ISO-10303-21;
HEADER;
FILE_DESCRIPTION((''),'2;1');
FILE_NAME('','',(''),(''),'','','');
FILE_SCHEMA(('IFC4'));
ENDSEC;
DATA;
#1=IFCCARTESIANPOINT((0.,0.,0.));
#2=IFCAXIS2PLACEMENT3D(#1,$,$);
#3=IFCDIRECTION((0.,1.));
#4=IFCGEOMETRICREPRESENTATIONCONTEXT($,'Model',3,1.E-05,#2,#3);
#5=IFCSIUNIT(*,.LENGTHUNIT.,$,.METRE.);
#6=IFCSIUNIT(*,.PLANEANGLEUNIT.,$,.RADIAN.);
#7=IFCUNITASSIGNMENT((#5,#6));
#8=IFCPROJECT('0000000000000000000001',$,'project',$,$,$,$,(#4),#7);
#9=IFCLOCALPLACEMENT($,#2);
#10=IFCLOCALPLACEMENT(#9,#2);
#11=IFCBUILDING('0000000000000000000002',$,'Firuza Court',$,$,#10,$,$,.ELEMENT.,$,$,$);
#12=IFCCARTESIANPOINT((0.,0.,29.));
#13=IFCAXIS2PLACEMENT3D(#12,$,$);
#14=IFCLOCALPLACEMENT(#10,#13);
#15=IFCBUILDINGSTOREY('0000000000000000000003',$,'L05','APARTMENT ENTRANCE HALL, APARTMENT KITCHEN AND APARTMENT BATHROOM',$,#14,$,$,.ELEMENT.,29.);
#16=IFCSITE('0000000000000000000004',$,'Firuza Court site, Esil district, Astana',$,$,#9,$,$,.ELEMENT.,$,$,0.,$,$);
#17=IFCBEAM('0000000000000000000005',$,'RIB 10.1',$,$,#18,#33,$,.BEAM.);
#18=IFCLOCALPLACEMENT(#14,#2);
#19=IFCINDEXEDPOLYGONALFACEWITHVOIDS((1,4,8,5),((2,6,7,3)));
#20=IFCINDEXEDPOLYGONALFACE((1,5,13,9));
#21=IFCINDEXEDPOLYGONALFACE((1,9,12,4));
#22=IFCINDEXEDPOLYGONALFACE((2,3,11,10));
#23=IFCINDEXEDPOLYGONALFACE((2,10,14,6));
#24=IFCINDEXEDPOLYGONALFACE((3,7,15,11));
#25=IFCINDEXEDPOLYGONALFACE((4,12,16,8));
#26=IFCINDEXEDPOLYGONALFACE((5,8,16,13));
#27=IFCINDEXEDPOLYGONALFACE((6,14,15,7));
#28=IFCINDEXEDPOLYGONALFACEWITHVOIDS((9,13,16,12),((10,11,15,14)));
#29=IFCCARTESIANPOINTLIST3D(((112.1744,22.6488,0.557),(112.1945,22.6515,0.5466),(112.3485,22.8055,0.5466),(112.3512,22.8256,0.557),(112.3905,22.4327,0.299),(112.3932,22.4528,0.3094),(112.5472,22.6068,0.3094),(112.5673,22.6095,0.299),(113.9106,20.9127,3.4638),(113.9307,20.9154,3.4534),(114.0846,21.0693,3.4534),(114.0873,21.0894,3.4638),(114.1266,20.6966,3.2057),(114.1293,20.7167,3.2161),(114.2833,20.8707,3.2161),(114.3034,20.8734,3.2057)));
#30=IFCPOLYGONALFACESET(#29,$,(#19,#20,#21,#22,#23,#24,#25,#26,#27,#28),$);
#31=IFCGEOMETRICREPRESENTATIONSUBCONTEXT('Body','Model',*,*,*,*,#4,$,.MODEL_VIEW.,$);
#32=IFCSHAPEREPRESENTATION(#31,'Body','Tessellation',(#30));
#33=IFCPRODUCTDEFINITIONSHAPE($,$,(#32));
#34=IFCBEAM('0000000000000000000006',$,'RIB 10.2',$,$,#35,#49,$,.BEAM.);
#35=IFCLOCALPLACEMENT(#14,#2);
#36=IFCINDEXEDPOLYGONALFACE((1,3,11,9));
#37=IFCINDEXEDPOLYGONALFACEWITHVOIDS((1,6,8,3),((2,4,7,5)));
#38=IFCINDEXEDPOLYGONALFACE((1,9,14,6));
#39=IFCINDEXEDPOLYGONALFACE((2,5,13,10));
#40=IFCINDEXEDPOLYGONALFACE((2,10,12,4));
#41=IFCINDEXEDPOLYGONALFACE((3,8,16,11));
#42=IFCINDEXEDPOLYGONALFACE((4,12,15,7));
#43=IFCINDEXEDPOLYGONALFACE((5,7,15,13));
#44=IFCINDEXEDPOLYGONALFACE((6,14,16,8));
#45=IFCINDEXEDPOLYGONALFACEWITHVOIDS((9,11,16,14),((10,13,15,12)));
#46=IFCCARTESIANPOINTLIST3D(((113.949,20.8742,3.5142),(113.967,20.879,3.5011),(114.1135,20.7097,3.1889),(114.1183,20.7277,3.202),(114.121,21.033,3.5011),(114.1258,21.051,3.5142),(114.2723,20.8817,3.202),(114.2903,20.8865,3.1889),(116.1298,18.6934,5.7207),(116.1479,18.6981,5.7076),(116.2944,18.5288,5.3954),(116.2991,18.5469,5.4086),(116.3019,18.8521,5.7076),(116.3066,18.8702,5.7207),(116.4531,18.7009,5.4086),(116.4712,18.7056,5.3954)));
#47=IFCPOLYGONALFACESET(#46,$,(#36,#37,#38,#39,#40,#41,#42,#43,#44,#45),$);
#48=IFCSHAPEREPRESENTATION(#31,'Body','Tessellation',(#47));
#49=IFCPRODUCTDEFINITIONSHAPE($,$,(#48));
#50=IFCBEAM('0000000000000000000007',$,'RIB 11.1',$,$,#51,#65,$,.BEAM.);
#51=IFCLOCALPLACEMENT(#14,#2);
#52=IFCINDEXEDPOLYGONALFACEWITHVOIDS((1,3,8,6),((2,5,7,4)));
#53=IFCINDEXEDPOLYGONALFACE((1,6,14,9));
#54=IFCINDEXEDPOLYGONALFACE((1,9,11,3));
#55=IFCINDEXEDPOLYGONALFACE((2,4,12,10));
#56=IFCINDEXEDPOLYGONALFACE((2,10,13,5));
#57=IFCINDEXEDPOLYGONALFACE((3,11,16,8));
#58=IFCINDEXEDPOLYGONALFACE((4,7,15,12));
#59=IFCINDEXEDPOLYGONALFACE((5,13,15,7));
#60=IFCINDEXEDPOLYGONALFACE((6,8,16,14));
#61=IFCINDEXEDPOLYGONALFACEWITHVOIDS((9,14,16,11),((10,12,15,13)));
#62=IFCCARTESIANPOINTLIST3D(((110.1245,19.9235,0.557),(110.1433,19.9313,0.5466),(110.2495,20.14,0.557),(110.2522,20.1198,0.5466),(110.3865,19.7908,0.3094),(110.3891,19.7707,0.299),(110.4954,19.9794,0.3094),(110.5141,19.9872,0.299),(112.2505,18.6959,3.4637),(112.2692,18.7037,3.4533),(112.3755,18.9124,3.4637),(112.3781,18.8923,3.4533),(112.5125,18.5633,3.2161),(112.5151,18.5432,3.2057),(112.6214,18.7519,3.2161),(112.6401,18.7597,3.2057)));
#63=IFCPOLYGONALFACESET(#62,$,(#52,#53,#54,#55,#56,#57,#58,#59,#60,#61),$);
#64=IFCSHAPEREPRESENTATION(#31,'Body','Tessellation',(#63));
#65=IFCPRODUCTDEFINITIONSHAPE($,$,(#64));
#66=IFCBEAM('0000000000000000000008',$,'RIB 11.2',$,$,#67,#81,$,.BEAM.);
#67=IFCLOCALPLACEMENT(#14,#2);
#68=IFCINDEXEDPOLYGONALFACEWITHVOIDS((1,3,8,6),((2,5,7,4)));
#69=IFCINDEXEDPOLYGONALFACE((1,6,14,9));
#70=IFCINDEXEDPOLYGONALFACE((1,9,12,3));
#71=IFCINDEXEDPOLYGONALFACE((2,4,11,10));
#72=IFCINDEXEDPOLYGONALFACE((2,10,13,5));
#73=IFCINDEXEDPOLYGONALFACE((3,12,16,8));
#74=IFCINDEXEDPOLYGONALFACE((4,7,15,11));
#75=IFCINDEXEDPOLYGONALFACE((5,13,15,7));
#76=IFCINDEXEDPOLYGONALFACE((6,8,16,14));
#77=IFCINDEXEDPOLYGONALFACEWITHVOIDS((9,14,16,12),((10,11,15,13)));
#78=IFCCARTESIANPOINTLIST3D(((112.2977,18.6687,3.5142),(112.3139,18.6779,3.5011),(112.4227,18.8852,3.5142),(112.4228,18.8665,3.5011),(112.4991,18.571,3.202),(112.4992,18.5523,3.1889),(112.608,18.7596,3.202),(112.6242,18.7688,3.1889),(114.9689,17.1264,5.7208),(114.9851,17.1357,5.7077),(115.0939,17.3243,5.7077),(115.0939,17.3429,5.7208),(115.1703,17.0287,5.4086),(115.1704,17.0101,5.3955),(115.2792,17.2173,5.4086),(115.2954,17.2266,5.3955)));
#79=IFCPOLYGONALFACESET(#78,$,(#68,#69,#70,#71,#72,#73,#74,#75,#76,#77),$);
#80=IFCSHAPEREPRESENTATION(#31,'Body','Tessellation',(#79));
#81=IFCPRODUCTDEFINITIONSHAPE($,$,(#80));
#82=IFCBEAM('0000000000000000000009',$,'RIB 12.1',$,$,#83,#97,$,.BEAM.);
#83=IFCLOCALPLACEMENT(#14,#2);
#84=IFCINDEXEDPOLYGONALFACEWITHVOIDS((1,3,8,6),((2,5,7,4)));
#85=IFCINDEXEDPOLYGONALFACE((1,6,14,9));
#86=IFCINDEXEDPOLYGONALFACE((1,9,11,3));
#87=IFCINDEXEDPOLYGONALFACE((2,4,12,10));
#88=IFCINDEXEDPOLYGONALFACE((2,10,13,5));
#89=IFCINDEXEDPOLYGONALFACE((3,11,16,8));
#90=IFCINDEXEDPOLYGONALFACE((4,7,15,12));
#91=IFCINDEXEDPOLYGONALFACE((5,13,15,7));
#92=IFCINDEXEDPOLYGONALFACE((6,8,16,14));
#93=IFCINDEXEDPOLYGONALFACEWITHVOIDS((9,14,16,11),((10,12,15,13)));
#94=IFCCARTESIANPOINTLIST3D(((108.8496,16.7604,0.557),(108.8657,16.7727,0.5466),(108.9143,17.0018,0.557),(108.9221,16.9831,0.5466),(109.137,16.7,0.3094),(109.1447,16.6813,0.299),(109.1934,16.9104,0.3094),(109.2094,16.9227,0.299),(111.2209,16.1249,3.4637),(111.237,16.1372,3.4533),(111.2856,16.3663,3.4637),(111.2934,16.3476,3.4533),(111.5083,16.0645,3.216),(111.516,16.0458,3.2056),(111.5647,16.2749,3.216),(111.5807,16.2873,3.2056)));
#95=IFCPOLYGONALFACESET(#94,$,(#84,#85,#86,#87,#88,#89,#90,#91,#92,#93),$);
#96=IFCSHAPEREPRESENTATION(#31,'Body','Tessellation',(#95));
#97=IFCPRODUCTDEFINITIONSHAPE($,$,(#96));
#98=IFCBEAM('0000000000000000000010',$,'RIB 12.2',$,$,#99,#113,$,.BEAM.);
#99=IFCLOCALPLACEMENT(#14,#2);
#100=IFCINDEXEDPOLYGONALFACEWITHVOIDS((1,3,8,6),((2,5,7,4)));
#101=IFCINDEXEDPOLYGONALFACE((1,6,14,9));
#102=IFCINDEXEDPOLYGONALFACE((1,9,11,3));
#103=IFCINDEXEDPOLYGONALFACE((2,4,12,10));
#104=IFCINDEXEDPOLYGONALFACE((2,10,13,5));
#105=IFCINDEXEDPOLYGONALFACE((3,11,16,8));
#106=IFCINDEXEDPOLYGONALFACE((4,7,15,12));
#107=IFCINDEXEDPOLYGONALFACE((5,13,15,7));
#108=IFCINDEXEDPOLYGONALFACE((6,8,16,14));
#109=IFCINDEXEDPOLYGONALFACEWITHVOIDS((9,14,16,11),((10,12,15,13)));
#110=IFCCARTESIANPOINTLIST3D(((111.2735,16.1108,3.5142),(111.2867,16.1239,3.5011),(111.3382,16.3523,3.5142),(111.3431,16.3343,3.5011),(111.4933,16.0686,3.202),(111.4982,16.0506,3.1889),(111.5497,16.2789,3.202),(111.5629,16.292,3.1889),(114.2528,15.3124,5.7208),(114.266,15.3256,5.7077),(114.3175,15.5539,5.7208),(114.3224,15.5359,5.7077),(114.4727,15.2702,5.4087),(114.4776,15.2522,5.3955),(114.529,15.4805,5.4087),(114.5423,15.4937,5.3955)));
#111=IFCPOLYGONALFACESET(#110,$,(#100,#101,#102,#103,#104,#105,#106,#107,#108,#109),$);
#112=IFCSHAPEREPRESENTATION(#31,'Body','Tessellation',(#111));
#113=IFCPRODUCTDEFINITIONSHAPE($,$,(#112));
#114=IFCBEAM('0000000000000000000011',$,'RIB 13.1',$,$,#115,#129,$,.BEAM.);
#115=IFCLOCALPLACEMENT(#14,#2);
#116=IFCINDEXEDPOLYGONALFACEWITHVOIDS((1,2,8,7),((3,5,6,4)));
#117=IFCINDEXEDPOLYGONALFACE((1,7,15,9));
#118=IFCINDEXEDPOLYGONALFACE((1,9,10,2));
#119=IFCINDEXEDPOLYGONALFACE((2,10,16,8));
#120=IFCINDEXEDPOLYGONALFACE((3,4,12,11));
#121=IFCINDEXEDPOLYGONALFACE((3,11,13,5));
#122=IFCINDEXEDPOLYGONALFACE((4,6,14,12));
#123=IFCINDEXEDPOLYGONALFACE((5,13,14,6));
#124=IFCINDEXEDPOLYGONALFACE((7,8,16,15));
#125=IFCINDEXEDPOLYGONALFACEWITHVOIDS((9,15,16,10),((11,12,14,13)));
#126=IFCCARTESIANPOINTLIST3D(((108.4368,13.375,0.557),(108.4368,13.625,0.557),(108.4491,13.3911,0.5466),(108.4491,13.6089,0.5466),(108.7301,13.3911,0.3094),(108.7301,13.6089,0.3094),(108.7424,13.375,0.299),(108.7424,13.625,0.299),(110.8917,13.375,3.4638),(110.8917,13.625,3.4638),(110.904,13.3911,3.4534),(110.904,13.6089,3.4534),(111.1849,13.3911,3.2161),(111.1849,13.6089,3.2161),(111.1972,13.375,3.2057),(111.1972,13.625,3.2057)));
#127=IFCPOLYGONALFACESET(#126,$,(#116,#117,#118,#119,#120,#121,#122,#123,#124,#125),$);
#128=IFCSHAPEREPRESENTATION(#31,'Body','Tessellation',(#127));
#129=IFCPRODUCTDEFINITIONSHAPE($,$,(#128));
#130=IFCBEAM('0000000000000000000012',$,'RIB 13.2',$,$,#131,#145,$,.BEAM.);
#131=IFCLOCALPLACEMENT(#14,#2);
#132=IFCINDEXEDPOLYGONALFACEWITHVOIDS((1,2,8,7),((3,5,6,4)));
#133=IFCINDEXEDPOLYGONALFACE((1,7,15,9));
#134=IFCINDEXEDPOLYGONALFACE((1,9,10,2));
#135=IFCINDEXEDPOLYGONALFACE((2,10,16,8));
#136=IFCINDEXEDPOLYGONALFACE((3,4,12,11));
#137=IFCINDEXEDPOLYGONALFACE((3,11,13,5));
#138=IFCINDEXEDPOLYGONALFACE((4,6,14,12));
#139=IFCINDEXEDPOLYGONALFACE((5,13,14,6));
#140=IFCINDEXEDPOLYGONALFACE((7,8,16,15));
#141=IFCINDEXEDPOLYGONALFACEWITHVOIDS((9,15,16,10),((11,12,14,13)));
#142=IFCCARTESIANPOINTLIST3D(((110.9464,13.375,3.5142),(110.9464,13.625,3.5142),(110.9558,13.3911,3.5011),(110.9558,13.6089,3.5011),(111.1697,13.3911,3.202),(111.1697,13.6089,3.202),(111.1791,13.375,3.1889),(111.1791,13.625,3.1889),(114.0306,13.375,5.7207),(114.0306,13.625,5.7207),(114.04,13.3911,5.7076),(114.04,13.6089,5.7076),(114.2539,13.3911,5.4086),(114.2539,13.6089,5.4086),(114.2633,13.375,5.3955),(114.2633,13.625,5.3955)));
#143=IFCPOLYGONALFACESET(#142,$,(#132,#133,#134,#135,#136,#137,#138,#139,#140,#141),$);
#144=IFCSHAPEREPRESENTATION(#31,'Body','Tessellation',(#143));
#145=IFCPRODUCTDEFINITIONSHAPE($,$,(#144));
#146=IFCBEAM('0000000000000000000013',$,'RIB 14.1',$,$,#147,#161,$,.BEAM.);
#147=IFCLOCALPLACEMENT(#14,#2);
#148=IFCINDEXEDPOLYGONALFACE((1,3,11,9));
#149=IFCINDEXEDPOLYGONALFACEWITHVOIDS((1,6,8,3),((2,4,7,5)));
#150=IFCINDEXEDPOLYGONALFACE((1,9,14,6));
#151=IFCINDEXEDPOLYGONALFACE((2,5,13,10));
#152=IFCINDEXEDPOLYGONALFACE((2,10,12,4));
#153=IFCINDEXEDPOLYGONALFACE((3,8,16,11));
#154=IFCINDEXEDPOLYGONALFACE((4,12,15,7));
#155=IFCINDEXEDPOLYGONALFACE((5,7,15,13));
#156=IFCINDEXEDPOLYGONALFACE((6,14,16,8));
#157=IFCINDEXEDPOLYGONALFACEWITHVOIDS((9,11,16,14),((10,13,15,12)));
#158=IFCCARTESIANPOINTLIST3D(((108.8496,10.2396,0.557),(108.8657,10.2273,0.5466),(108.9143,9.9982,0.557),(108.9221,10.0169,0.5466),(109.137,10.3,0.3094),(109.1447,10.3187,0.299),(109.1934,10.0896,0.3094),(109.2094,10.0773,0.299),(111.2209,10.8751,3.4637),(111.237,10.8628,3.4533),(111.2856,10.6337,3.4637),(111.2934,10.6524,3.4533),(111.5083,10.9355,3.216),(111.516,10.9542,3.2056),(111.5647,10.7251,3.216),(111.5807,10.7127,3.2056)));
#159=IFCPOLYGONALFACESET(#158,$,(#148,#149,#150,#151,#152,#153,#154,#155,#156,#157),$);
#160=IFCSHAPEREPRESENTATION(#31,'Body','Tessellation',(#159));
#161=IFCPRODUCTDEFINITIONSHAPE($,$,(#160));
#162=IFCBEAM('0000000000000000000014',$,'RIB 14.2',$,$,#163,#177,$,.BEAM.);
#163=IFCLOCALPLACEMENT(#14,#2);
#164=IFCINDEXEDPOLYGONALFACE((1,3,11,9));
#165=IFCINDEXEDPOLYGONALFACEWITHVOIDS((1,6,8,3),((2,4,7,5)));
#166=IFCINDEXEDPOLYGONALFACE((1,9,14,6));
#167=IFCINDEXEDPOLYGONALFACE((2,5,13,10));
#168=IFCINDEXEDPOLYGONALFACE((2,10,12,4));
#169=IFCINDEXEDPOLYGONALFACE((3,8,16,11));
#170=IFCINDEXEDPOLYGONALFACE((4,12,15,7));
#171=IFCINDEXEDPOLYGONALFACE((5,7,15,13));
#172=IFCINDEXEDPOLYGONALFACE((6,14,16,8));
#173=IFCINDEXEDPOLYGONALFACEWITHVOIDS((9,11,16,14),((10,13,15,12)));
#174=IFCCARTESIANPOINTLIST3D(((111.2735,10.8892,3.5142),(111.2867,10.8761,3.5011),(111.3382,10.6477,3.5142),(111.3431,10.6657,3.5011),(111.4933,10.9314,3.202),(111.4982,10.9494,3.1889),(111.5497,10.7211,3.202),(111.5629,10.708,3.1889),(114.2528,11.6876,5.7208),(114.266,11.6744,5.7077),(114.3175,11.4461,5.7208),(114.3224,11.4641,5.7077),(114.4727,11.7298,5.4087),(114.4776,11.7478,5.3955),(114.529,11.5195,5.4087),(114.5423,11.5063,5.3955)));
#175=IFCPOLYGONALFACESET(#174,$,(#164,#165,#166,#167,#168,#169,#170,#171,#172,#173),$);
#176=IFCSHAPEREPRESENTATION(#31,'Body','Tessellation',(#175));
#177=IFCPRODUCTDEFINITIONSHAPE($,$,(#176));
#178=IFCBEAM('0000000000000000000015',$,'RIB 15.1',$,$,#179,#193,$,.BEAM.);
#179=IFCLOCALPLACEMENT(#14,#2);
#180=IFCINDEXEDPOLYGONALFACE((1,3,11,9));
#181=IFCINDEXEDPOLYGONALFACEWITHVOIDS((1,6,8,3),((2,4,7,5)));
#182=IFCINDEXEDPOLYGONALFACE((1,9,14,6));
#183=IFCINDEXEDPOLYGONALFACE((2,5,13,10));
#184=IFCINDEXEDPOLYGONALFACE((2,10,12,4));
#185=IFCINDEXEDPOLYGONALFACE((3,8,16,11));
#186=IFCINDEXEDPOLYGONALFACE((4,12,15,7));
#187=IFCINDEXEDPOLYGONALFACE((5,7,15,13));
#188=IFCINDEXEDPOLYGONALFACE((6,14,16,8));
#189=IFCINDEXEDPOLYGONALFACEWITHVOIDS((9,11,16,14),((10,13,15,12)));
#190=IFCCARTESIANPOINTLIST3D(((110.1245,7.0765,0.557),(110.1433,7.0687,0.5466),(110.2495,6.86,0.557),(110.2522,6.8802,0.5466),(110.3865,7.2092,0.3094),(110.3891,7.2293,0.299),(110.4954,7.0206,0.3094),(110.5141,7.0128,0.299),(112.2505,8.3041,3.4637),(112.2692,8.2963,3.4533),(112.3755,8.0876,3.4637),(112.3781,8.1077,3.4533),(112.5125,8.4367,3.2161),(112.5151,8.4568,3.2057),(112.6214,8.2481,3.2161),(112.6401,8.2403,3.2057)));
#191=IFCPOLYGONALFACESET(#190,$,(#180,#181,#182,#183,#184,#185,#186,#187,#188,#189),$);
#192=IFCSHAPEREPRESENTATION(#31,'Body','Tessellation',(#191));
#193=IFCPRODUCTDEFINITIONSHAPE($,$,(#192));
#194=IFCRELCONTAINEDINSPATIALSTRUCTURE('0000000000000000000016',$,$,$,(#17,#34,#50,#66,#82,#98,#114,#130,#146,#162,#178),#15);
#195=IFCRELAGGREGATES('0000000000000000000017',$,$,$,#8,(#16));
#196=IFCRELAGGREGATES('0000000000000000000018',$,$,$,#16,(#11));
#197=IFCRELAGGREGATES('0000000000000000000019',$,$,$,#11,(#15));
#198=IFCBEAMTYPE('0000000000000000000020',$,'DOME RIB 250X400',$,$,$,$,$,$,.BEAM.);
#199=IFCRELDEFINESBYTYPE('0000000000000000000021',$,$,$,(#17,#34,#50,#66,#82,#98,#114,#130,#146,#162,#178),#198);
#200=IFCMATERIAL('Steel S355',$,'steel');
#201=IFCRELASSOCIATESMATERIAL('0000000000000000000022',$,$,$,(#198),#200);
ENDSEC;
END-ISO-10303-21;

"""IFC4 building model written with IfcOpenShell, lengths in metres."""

from ifc_helpers import new_model, si_unit, direction, frame, origin, origin_2d, place, context, subcontext, project, spatial, hollow_rectangle, extrude, material, material_profile, profile_set, type_object, element, save


model = new_model("IFC4")

# Units and contexts
model_context = context("Model", 3, precision=1e-05, world=origin(), true_north=direction((0.0, 1.0)))
body_context = subcontext(model_context, "Body", "Model", "MODEL_VIEW")
ifc_project = project(units=[si_unit("LENGTHUNIT", "METRE"), si_unit("PLANEANGLEUNIT", "RADIAN")], contexts=[model_context])

# Site, building, storey
site_placement = place(None, origin())
site = spatial("IfcSite", under=ifc_project, at=site_placement, Name="Firuza Court site, Esil district, Astana", CompositionType="ELEMENT", RefElevation=0.0)
building_placement = place(site_placement, origin())
building = spatial("IfcBuilding", under=site, at=building_placement, Name="Firuza Court", CompositionType="ELEMENT")
storey_placement = place(building_placement, frame((0.0, 0.0, 29.0)))
storey = spatial("IfcBuildingStorey", under=building, at=storey_placement, Name="L05", Description="APARTMENT ENTRANCE HALL, APARTMENT KITCHEN AND APARTMENT BATHROOM", CompositionType="ELEMENT", Elevation=29.0)

# Beams
ifc_material_1 = material(Name="Steel S355", Category="steel")
ifc_material_profile_1 = material_profile(ifc_material_1, hollow_rectangle(XDim=0.25, YDim=0.3999, WallThickness=0.0161, at=origin_2d()), Name="RHS 400X250X16")
ifc_profile_set_1 = profile_set([ifc_material_profile_1], Name="Steel S355")
beam_type_1 = type_object("IfcBeamType", Name="DOME RIB 250X400", PredefinedType="BEAM", material=ifc_profile_set_1)
beam_1_placement = place(storey_placement, frame((112.3708, 22.6292, 0.428), z_axis=(0.456278, -0.456278, 0.76395), x_axis=(0.707107, 0.707107, 0.0)))
element("IfcBeam", 1, at=beam_1_placement, inside=storey, type_object=beam_type_1, Name="RIB 10.1", PredefinedType="BEAM", context=body_context, shape_type="SweptSolid", body=[
    extrude(hollow_rectangle(XDim=0.25, YDim=0.3999, WallThickness=0.0161, at=origin_2d()), origin(), (0.0, 0.0, 1.0), 3.8049),
])
beam_2_placement = place(storey_placement, frame((114.1196, 20.8804, 3.3516), z_axis=(0.575088, -0.575088, 0.581848), x_axis=(0.707107, 0.707107, 0.0)))
element("IfcBeam", 2, at=beam_2_placement, inside=storey, type_object=beam_type_1, Name="RIB 10.2", PredefinedType="BEAM", context=body_context, shape_type="SweptSolid", body=[
    extrude(hollow_rectangle(XDim=0.25, YDim=0.3999, WallThickness=0.0161, at=origin_2d()), origin(), (0.0, 0.0, 1.0), 3.7922),
])
beam_3_placement = place(storey_placement, frame((110.3193, 19.9553, 0.428), z_axis=(0.558776, -0.322637, 0.763986), x_axis=(0.500032, 0.866007, 0.0)))
element("IfcBeam", 3, at=beam_3_placement, inside=storey, type_object=beam_type_1, Name="RIB 11.1", PredefinedType="BEAM", context=body_context, shape_type="SweptSolid", body=[
    extrude(hollow_rectangle(XDim=0.25, YDim=0.3999, WallThickness=0.0161, at=origin_2d()), origin(), (0.0, 0.0, 1.0), 3.8047),
])
beam_4_placement = place(storey_placement, frame((112.4609, 18.7188, 3.3516), z_axis=(0.70434, -0.406665, 0.581832), x_axis=(0.500013, 0.866018, 0.0)))
element("IfcBeam", 4, at=beam_4_placement, inside=storey, type_object=beam_type_1, Name="RIB 11.2", PredefinedType="BEAM", context=body_context, shape_type="SweptSolid", body=[
    extrude(hollow_rectangle(XDim=0.25, YDim=0.3999, WallThickness=0.0161, at=origin_2d()), origin(), (0.0, 0.0, 1.0), 3.7925),
])
beam_5_placement = place(storey_placement, frame((109.0295, 16.8416, 0.428), z_axis=(0.623255, -0.167027, 0.763973), x_axis=(0.258857, 0.965916, 0.0)))
element("IfcBeam", 5, at=beam_5_placement, inside=storey, type_object=beam_type_1, Name="RIB 12.1", PredefinedType="BEAM", context=body_context, shape_type="SweptSolid", body=[
    extrude(hollow_rectangle(XDim=0.25, YDim=0.3999, WallThickness=0.0161, at=origin_2d()), origin(), (0.0, 0.0, 1.0), 3.8047),
])
beam_6_placement = place(storey_placement, frame((111.4182, 16.2014, 3.3516), z_axis=(0.785589, -0.210512, 0.581837), x_axis=(0.258835, 0.965922, 0.0)))
element("IfcBeam", 6, at=beam_6_placement, inside=storey, type_object=beam_type_1, Name="RIB 12.2", PredefinedType="BEAM", context=body_context, shape_type="SweptSolid", body=[
    extrude(hollow_rectangle(XDim=0.25, YDim=0.3999, WallThickness=0.0161, at=origin_2d()), origin(), (0.0, 0.0, 1.0), 3.7925),
])
beam_7_placement = place(storey_placement, frame((108.5896, 13.5, 0.428), z_axis=(0.64522, 0.0, 0.763997), x_axis=(0.0, 1.0, 0.0)))
element("IfcBeam", 7, at=beam_7_placement, inside=storey, type_object=beam_type_1, Name="RIB 13.1", PredefinedType="BEAM", context=body_context, shape_type="SweptSolid", body=[
    extrude(hollow_rectangle(XDim=0.25, YDim=0.3999, WallThickness=0.0161, at=origin_2d()), origin(), (0.0, 0.0, 1.0), 3.8047),
])
beam_8_placement = place(storey_placement, frame((111.0627, 13.5, 3.3516), z_axis=(0.813294, 0.0, 0.581853), x_axis=(0.0, 1.0, 0.0)))
element("IfcBeam", 8, at=beam_8_placement, inside=storey, type_object=beam_type_1, Name="RIB 13.2", PredefinedType="BEAM", context=body_context, shape_type="SweptSolid", body=[
    extrude(hollow_rectangle(XDim=0.25, YDim=0.3999, WallThickness=0.0161, at=origin_2d()), origin(), (0.0, 0.0, 1.0), 3.7922),
])
beam_9_placement = place(storey_placement, frame((109.0295, 10.1584, 0.428), z_axis=(0.623255, 0.167027, 0.763973), x_axis=(-0.258857, 0.965916, 0.0)))
element("IfcBeam", 9, at=beam_9_placement, inside=storey, type_object=beam_type_1, Name="RIB 14.1", PredefinedType="BEAM", context=body_context, shape_type="SweptSolid", body=[
    extrude(hollow_rectangle(XDim=0.25, YDim=0.3999, WallThickness=0.0161, at=origin_2d()), origin(), (0.0, 0.0, 1.0), 3.8047),
])
beam_10_placement = place(storey_placement, frame((111.4182, 10.7986, 3.3516), z_axis=(0.785589, 0.210512, 0.581837), x_axis=(-0.258835, 0.965922, 0.0)))
element("IfcBeam", 10, at=beam_10_placement, inside=storey, type_object=beam_type_1, Name="RIB 14.2", PredefinedType="BEAM", context=body_context, shape_type="SweptSolid", body=[
    extrude(hollow_rectangle(XDim=0.25, YDim=0.3999, WallThickness=0.0161, at=origin_2d()), origin(), (0.0, 0.0, 1.0), 3.7925),
])
beam_11_placement = place(storey_placement, frame((110.3193, 7.0447, 0.428), z_axis=(0.558776, 0.322637, 0.763986), x_axis=(-0.500032, 0.866007, 0.0)))
element("IfcBeam", 11, at=beam_11_placement, inside=storey, type_object=beam_type_1, Name="RIB 15.1", PredefinedType="BEAM", context=body_context, shape_type="SweptSolid", body=[
    extrude(hollow_rectangle(XDim=0.25, YDim=0.3999, WallThickness=0.0161, at=origin_2d()), origin(), (0.0, 0.0, 1.0), 3.8047),
])

save(model, "model.ifc")
